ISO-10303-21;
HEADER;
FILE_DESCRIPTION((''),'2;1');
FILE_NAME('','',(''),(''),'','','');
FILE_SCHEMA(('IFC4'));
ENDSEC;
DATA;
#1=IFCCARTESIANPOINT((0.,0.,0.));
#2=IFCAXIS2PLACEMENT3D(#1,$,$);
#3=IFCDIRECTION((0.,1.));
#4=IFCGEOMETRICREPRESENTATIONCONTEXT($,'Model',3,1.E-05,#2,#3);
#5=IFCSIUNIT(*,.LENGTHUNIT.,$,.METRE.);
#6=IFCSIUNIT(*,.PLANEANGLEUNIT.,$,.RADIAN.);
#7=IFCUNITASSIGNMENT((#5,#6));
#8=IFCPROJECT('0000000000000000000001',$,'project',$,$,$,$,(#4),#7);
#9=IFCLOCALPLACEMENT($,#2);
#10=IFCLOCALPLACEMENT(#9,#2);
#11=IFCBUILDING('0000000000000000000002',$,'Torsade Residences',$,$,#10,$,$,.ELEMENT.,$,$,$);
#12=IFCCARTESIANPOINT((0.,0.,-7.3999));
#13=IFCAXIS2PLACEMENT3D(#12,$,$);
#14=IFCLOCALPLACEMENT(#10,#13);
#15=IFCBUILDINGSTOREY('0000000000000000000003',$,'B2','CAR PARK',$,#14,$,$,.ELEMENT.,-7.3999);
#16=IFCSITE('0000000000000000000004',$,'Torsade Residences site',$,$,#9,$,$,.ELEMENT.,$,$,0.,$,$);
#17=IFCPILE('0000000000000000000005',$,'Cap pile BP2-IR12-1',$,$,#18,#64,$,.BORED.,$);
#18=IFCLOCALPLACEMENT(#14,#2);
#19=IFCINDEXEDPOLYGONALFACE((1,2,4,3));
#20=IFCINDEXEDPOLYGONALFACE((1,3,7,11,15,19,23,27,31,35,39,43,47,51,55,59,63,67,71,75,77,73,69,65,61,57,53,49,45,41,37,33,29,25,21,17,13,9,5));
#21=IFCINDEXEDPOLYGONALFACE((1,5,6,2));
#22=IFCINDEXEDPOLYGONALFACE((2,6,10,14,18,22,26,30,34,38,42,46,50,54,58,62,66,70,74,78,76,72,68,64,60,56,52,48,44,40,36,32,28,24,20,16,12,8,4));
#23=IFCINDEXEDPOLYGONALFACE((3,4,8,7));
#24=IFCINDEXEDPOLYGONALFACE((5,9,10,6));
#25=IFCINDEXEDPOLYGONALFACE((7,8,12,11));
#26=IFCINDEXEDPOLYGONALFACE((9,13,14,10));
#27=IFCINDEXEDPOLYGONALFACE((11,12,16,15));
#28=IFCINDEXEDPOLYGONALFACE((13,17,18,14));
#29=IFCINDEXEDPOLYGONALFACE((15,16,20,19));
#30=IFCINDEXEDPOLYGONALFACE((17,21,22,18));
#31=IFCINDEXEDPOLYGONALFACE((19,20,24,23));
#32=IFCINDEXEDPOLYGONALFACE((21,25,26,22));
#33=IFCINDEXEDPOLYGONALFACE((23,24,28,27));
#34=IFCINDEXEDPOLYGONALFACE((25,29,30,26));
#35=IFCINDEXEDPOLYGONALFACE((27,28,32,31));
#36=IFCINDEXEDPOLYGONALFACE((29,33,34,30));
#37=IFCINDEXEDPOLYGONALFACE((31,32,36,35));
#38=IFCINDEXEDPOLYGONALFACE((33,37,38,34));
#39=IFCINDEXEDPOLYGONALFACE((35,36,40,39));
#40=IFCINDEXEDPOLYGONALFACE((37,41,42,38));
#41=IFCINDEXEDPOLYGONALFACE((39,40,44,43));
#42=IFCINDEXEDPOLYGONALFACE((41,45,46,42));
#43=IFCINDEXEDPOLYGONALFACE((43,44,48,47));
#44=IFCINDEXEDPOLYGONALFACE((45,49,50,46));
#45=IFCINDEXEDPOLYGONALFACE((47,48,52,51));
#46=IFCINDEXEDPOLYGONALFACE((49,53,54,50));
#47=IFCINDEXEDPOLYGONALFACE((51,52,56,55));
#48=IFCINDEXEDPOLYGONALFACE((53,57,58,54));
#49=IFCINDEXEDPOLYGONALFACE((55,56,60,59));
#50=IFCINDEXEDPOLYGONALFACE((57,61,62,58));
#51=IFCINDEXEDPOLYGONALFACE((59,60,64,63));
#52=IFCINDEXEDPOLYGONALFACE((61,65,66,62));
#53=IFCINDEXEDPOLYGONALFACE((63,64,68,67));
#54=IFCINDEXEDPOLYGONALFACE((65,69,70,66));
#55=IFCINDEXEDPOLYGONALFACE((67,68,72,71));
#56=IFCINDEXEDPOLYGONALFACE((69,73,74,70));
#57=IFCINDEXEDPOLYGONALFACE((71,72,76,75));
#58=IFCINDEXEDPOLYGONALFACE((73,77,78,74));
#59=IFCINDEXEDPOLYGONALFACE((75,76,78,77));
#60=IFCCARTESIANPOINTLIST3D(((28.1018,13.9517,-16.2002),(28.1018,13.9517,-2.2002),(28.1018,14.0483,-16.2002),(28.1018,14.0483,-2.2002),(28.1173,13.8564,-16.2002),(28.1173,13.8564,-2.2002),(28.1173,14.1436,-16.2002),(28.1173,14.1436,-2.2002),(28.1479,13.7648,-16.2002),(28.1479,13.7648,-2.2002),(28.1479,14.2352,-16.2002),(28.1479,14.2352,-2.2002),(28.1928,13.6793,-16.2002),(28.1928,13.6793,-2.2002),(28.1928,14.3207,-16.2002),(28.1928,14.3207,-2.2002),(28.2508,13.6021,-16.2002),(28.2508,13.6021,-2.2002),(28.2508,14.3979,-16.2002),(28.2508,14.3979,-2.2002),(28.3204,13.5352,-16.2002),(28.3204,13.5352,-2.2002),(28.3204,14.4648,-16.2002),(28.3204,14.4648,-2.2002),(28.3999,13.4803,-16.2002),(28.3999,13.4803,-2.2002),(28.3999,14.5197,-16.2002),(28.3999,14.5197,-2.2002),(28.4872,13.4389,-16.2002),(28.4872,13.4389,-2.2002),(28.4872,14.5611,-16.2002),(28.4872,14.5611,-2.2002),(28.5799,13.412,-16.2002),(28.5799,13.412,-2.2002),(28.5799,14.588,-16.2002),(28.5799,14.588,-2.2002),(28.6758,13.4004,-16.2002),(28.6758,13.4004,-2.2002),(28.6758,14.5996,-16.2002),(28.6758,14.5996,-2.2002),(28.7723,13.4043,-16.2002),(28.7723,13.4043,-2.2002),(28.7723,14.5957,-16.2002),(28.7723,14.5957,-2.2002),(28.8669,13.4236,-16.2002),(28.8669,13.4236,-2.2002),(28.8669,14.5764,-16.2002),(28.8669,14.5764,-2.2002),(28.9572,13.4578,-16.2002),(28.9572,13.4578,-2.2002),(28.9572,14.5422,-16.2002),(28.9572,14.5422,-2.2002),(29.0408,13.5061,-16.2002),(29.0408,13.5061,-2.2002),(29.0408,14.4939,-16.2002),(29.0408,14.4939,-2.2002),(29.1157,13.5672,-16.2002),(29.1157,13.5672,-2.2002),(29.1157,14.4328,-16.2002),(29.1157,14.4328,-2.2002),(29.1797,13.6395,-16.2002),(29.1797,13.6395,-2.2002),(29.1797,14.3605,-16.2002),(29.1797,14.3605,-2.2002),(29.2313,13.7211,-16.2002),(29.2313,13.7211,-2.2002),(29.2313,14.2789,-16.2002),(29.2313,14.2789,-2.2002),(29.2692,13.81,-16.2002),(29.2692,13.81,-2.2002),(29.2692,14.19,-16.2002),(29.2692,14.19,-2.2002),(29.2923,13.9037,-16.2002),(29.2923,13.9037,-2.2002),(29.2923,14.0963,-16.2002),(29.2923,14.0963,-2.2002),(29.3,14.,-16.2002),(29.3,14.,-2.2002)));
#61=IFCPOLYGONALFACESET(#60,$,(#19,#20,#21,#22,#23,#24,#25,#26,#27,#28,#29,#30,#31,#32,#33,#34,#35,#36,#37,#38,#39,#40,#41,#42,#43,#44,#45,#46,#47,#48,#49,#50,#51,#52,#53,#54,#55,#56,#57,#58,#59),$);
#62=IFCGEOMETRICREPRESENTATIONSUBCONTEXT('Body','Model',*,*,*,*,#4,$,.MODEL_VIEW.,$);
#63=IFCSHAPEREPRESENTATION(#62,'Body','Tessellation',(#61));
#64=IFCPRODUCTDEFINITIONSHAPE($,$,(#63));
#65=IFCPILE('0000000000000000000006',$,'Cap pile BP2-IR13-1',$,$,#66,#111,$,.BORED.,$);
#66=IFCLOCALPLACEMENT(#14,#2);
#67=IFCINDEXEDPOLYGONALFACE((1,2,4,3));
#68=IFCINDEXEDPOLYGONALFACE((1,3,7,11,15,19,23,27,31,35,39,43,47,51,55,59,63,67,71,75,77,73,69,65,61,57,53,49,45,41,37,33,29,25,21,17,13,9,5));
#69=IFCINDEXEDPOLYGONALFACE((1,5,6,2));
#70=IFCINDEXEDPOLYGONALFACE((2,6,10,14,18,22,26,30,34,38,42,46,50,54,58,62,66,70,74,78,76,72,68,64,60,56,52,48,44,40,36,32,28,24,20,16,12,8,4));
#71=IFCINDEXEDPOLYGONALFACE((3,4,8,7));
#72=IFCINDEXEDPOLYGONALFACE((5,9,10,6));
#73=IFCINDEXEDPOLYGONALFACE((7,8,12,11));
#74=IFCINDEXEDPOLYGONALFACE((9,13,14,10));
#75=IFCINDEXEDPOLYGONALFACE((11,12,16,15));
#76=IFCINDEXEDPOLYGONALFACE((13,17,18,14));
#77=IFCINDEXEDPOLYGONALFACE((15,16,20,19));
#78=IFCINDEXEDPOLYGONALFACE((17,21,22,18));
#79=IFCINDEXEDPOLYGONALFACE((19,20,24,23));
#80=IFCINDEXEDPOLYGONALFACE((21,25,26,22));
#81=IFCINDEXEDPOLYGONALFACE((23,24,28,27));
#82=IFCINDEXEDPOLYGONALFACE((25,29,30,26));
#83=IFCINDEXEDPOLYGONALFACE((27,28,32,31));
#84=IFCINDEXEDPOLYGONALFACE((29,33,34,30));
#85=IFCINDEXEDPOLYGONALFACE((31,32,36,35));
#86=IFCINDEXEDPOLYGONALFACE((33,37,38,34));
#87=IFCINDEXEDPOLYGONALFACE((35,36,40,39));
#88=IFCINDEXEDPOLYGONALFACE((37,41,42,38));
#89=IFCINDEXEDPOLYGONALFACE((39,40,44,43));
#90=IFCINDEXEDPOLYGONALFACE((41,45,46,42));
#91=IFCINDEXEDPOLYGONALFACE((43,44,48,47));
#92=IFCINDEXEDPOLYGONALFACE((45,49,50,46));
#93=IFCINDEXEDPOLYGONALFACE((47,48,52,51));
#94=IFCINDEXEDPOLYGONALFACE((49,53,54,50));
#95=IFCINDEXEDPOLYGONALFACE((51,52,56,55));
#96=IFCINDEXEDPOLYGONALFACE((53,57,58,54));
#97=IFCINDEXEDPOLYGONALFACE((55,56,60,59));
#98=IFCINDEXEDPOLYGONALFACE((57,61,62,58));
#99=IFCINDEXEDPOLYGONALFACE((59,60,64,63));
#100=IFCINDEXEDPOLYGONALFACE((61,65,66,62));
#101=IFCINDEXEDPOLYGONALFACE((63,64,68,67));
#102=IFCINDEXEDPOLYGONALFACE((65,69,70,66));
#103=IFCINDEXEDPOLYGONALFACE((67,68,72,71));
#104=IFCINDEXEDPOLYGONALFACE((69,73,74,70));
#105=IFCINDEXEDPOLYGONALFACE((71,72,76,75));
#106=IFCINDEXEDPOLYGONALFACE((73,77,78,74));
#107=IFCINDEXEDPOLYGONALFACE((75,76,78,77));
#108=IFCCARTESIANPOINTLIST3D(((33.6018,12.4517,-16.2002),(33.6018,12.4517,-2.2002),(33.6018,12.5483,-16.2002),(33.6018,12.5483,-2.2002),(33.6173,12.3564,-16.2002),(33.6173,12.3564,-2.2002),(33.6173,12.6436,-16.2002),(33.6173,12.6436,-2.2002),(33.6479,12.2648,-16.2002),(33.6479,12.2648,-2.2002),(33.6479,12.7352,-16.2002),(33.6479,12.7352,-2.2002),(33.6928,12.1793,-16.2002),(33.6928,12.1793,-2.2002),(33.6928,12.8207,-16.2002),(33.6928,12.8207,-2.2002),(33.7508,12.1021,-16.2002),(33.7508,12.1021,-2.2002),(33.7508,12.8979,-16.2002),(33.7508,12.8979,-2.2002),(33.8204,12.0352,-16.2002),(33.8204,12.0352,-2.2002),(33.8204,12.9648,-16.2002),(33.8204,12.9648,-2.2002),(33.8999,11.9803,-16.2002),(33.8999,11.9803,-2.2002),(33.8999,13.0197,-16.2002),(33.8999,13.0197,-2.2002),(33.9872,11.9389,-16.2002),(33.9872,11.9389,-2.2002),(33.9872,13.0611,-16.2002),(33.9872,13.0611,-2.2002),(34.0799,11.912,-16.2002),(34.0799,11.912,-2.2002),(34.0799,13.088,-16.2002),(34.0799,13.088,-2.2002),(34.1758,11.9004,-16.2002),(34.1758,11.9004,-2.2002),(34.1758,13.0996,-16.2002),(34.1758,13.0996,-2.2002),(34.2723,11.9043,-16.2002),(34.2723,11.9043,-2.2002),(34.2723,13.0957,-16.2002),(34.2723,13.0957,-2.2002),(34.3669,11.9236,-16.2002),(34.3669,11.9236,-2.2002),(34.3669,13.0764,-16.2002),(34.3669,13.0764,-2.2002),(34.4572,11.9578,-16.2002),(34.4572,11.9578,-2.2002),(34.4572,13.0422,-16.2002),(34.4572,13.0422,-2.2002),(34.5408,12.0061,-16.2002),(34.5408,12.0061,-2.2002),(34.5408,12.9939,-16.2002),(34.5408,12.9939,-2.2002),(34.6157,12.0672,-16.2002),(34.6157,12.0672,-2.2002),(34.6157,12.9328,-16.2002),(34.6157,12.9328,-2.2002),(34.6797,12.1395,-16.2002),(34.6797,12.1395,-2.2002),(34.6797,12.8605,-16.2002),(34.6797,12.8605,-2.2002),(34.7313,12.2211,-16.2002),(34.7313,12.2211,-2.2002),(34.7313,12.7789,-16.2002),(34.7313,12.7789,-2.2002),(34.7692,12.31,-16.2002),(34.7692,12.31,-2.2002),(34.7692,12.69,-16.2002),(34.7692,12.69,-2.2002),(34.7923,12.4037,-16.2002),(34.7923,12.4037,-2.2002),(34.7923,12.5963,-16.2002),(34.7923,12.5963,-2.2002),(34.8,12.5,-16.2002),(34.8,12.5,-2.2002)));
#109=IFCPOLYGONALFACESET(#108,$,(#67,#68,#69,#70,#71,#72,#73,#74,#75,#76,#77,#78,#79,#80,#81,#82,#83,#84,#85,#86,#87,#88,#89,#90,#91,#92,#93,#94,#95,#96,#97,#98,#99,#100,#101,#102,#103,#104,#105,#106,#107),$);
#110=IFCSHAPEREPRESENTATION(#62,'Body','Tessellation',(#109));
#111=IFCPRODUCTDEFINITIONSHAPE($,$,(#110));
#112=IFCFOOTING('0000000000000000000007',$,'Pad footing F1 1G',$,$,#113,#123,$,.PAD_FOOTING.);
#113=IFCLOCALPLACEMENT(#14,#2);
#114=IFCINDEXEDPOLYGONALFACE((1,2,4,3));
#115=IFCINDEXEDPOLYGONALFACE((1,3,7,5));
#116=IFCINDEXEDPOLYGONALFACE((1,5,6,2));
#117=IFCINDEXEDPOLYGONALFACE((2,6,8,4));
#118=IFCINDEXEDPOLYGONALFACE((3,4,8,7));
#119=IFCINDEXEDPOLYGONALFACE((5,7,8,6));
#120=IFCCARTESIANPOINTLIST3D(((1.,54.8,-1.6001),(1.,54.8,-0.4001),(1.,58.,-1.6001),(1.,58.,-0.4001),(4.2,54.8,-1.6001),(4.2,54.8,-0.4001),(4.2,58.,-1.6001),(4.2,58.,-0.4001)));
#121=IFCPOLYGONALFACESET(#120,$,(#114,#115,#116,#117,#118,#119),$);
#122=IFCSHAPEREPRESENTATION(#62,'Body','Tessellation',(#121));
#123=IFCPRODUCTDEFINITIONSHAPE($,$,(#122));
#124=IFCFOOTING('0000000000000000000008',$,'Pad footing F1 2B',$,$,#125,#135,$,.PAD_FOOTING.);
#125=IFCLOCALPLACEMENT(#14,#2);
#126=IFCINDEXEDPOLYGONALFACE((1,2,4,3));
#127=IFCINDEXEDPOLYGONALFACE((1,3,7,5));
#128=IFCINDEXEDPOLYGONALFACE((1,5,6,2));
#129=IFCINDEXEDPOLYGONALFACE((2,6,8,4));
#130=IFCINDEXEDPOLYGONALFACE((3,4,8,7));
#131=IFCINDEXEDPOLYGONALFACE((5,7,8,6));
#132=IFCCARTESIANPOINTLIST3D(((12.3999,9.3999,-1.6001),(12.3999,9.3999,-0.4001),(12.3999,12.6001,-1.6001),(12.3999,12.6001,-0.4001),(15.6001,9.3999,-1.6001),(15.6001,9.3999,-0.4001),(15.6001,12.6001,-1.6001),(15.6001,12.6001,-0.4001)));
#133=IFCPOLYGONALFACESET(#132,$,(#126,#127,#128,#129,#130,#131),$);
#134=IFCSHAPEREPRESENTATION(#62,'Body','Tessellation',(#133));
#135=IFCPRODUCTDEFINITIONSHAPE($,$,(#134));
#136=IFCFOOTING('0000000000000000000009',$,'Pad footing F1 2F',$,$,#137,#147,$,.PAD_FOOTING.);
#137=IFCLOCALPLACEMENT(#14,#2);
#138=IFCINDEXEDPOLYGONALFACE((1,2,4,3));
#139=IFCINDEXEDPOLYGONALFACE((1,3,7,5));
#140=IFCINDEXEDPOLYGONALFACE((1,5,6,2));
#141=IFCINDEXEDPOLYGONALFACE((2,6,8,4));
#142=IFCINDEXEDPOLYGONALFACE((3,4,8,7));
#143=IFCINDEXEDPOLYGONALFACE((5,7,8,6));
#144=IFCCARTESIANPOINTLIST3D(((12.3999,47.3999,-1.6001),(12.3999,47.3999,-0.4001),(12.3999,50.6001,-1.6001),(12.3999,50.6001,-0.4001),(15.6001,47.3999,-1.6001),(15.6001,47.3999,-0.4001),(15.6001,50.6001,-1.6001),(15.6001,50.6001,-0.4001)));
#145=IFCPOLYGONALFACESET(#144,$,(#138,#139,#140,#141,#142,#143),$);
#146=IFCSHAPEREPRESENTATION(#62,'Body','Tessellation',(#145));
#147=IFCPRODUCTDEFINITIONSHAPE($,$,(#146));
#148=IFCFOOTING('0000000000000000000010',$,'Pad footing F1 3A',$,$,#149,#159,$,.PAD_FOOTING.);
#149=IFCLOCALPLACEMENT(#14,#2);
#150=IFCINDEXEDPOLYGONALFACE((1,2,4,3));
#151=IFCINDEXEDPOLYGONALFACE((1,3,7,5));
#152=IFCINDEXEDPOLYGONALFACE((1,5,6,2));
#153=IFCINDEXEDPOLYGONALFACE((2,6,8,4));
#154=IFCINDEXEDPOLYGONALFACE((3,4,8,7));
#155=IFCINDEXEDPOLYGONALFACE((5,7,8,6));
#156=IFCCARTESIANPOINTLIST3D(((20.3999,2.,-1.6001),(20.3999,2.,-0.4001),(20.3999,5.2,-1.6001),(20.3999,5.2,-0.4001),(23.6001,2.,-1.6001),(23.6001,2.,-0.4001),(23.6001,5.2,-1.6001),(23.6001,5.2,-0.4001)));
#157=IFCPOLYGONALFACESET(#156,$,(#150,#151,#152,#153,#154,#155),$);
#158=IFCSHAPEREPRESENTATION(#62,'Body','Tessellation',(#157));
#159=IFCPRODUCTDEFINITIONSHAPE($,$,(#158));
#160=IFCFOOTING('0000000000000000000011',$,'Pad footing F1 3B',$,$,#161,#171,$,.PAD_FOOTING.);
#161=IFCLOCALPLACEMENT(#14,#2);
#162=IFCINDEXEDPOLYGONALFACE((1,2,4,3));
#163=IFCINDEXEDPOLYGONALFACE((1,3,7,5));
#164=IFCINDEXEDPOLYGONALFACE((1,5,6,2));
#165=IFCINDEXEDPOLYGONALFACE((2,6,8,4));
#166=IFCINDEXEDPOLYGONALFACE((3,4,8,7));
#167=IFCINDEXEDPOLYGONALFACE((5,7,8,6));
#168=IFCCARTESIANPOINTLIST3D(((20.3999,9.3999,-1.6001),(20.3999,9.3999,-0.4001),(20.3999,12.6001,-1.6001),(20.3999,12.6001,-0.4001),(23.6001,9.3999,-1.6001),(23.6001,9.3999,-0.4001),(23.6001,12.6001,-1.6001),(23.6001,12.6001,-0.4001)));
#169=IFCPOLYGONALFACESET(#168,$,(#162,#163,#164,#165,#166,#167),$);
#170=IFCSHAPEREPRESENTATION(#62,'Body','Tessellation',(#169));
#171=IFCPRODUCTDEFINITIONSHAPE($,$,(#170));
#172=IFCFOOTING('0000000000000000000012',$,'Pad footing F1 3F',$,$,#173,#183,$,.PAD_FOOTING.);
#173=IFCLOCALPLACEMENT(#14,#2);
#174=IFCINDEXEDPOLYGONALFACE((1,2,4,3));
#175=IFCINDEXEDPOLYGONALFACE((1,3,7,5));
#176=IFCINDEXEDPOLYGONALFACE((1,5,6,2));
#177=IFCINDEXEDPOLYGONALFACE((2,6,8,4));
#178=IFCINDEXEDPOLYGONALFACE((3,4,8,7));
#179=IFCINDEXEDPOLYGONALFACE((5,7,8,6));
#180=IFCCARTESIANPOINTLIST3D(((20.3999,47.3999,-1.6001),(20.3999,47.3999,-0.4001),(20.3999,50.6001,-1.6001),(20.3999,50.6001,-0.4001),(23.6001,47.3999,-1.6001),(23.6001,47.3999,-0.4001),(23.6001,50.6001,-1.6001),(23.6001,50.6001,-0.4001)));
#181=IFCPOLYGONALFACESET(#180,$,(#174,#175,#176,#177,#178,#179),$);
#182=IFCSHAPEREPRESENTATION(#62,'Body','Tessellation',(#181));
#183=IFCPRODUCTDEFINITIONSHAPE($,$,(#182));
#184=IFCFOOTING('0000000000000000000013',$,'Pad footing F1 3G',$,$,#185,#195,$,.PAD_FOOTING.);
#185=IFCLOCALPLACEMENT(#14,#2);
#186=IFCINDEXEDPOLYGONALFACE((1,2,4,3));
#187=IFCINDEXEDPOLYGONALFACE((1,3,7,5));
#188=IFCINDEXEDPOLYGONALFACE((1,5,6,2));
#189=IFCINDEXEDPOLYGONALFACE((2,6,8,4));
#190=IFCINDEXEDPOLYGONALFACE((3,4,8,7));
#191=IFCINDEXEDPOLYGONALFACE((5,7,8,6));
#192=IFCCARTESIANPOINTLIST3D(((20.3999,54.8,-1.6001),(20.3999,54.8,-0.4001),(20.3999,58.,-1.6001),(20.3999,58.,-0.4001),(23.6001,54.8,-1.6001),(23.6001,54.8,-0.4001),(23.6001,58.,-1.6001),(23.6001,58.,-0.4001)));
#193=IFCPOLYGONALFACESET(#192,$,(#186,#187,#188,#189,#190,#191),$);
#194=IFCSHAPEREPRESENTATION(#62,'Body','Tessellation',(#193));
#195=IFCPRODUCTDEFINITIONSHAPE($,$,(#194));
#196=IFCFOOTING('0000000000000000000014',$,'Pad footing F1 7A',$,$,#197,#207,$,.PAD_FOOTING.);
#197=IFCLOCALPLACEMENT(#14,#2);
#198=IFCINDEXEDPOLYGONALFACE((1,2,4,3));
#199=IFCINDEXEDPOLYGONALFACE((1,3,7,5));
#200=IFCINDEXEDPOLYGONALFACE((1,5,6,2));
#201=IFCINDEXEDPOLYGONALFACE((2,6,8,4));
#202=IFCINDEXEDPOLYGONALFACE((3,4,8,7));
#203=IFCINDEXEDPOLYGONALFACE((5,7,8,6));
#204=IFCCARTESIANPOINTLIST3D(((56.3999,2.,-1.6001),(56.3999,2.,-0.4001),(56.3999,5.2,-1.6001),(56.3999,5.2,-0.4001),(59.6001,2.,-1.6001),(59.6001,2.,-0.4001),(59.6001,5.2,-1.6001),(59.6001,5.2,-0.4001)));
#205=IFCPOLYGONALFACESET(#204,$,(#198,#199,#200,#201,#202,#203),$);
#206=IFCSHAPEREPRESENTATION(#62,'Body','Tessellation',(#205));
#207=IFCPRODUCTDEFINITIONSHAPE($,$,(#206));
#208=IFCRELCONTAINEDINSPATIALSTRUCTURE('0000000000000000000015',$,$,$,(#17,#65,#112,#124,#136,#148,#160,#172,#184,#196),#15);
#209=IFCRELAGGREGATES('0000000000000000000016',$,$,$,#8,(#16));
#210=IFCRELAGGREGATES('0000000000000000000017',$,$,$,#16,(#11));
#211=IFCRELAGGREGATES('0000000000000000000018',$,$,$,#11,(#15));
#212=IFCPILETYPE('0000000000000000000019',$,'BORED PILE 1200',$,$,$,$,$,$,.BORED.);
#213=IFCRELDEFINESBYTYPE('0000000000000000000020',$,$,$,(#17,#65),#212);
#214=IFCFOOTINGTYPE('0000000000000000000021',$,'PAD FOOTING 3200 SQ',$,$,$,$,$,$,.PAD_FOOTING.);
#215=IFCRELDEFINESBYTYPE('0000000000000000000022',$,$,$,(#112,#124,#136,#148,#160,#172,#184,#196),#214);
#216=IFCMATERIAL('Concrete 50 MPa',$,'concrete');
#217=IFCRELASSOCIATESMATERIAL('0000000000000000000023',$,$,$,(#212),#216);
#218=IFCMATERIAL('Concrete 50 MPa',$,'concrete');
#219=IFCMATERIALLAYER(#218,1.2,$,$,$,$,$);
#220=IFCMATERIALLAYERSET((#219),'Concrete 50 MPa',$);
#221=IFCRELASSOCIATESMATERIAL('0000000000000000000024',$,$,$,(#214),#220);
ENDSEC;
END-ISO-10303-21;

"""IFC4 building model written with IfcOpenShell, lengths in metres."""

from ifc_helpers import new_model, si_unit, direction, frame, origin, origin_2d, place, context, subcontext, project, spatial, polyline, circle, outline, extrude, material, layer, layer_set, type_object, element, save


model = new_model("IFC4")

# Units and contexts
model_context = context("Model", 3, precision=1e-05, world=origin(), true_north=direction((0.0, 1.0)))
body_context = subcontext(model_context, "Body", "Model", "MODEL_VIEW")
ifc_project = project(units=[si_unit("LENGTHUNIT", "METRE"), si_unit("PLANEANGLEUNIT", "RADIAN")], contexts=[model_context])

# Site, building, storey
site_placement = place(None, origin())
site = spatial("IfcSite", under=ifc_project, at=site_placement, Name="Torsade Residences site", CompositionType="ELEMENT", RefElevation=0.0)
building_placement = place(site_placement, origin())
building = spatial("IfcBuilding", under=site, at=building_placement, Name="Torsade Residences", CompositionType="ELEMENT")
storey_placement = place(building_placement, frame((0.0, 0.0, -7.3999)))
storey = spatial("IfcBuildingStorey", under=building, at=storey_placement, Name="B2", Description="CAR PARK", CompositionType="ELEMENT", Elevation=-7.3999)

# Piles
ifc_material_1 = material(Name="Concrete 50 MPa", Category="concrete")
pile_type = type_object("IfcPileType", Name="BORED PILE 1200", PredefinedType="BORED", material=ifc_material_1)
for number, where, z_axis, x_axis, name in (
    (1, (28.7, 14.0, -2.2002), (0.0, 0.0, -1.0), (1.0, 0.0, 0.0), "Cap pile BP2-IR12-1"),
    (2, (34.2, 12.5, -2.2002), (0.0, 0.0, -1.0), (1.0, 0.0, 0.0), "Cap pile BP2-IR13-1"),
):
    element("IfcPile", number, at=place(storey_placement, frame(where, z_axis=z_axis, x_axis=x_axis)), inside=storey, type_object=pile_type, Name=name, PredefinedType="BORED", context=body_context, shape_type="SweptSolid", body=[
        extrude(circle(Radius=0.6001, at=origin_2d()), origin(), (0.0, 0.0, 1.0), 14.0),
    ])

# Footings
ifc_material_2 = material(Name="Concrete 50 MPa", Category="concrete")
ifc_layer_1 = layer(ifc_material_2, 1.2)
ifc_layer_set_1 = layer_set([ifc_layer_1], Name="Concrete 50 MPa")
footing_type = type_object("IfcFootingType", Name="PAD FOOTING 3200 SQ", PredefinedType="PAD_FOOTING", material=ifc_layer_set_1)
footing_1_placement = place(storey_placement, frame((0.0, 0.0, -1.6001)))
element("IfcFooting", 3, at=footing_1_placement, inside=storey, type_object=footing_type, Name="Pad footing F1 1G", PredefinedType="PAD_FOOTING", context=body_context, shape_type="SweptSolid", body=[
    extrude(outline(polyline([(1.0, 54.8), (4.2, 54.8), (4.2, 58.0), (1.0, 58.0), (1.0, 54.8)])), origin(), (0.0, 0.0, 1.0), 1.2),
])
footing_2_placement = place(storey_placement, frame((0.0, 0.0, -1.6001)))
element("IfcFooting", 4, at=footing_2_placement, inside=storey, type_object=footing_type, Name="Pad footing F1 2B", PredefinedType="PAD_FOOTING", context=body_context, shape_type="SweptSolid", body=[
    extrude(outline(polyline([(12.3999, 9.3999), (15.6001, 9.3999), (15.6001, 12.6001), (12.3999, 12.6001), (12.3999, 9.3999)])), origin(), (0.0, 0.0, 1.0), 1.2),
])
footing_3_placement = place(storey_placement, frame((0.0, 0.0, -1.6001)))
element("IfcFooting", 5, at=footing_3_placement, inside=storey, type_object=footing_type, Name="Pad footing F1 2F", PredefinedType="PAD_FOOTING", context=body_context, shape_type="SweptSolid", body=[
    extrude(outline(polyline([(12.3999, 47.3999), (15.6001, 47.3999), (15.6001, 50.6001), (12.3999, 50.6001), (12.3999, 47.3999)])), origin(), (0.0, 0.0, 1.0), 1.2),
])
footing_4_placement = place(storey_placement, frame((0.0, 0.0, -1.6001)))
element("IfcFooting", 6, at=footing_4_placement, inside=storey, type_object=footing_type, Name="Pad footing F1 3A", PredefinedType="PAD_FOOTING", context=body_context, shape_type="SweptSolid", body=[
    extrude(outline(polyline([(20.3999, 2.0), (23.6001, 2.0), (23.6001, 5.2), (20.3999, 5.2), (20.3999, 2.0)])), origin(), (0.0, 0.0, 1.0), 1.2),
])
footing_5_placement = place(storey_placement, frame((0.0, 0.0, -1.6001)))
element("IfcFooting", 7, at=footing_5_placement, inside=storey, type_object=footing_type, Name="Pad footing F1 3B", PredefinedType="PAD_FOOTING", context=body_context, shape_type="SweptSolid", body=[
    extrude(outline(polyline([(20.3999, 9.3999), (23.6001, 9.3999), (23.6001, 12.6001), (20.3999, 12.6001), (20.3999, 9.3999)])), origin(), (0.0, 0.0, 1.0), 1.2),
])
footing_6_placement = place(storey_placement, frame((0.0, 0.0, -1.6001)))
element("IfcFooting", 8, at=footing_6_placement, inside=storey, type_object=footing_type, Name="Pad footing F1 3F", PredefinedType="PAD_FOOTING", context=body_context, shape_type="SweptSolid", body=[
    extrude(outline(polyline([(20.3999, 47.3999), (23.6001, 47.3999), (23.6001, 50.6001), (20.3999, 50.6001), (20.3999, 47.3999)])), origin(), (0.0, 0.0, 1.0), 1.2),
])
footing_7_placement = place(storey_placement, frame((0.0, 0.0, -1.6001)))
element("IfcFooting", 9, at=footing_7_placement, inside=storey, type_object=footing_type, Name="Pad footing F1 3G", PredefinedType="PAD_FOOTING", context=body_context, shape_type="SweptSolid", body=[
    extrude(outline(polyline([(20.3999, 54.8), (23.6001, 54.8), (23.6001, 58.0), (20.3999, 58.0), (20.3999, 54.8)])), origin(), (0.0, 0.0, 1.0), 1.2),
])
footing_8_placement = place(storey_placement, frame((0.0, 0.0, -1.6001)))
element("IfcFooting", 10, at=footing_8_placement, inside=storey, type_object=footing_type, Name="Pad footing F1 7A", PredefinedType="PAD_FOOTING", context=body_context, shape_type="SweptSolid", body=[
    extrude(outline(polyline([(56.3999, 2.0), (59.6001, 2.0), (59.6001, 5.2), (56.3999, 5.2), (56.3999, 2.0)])), origin(), (0.0, 0.0, 1.0), 1.2),
])

save(model, "model.ifc")
